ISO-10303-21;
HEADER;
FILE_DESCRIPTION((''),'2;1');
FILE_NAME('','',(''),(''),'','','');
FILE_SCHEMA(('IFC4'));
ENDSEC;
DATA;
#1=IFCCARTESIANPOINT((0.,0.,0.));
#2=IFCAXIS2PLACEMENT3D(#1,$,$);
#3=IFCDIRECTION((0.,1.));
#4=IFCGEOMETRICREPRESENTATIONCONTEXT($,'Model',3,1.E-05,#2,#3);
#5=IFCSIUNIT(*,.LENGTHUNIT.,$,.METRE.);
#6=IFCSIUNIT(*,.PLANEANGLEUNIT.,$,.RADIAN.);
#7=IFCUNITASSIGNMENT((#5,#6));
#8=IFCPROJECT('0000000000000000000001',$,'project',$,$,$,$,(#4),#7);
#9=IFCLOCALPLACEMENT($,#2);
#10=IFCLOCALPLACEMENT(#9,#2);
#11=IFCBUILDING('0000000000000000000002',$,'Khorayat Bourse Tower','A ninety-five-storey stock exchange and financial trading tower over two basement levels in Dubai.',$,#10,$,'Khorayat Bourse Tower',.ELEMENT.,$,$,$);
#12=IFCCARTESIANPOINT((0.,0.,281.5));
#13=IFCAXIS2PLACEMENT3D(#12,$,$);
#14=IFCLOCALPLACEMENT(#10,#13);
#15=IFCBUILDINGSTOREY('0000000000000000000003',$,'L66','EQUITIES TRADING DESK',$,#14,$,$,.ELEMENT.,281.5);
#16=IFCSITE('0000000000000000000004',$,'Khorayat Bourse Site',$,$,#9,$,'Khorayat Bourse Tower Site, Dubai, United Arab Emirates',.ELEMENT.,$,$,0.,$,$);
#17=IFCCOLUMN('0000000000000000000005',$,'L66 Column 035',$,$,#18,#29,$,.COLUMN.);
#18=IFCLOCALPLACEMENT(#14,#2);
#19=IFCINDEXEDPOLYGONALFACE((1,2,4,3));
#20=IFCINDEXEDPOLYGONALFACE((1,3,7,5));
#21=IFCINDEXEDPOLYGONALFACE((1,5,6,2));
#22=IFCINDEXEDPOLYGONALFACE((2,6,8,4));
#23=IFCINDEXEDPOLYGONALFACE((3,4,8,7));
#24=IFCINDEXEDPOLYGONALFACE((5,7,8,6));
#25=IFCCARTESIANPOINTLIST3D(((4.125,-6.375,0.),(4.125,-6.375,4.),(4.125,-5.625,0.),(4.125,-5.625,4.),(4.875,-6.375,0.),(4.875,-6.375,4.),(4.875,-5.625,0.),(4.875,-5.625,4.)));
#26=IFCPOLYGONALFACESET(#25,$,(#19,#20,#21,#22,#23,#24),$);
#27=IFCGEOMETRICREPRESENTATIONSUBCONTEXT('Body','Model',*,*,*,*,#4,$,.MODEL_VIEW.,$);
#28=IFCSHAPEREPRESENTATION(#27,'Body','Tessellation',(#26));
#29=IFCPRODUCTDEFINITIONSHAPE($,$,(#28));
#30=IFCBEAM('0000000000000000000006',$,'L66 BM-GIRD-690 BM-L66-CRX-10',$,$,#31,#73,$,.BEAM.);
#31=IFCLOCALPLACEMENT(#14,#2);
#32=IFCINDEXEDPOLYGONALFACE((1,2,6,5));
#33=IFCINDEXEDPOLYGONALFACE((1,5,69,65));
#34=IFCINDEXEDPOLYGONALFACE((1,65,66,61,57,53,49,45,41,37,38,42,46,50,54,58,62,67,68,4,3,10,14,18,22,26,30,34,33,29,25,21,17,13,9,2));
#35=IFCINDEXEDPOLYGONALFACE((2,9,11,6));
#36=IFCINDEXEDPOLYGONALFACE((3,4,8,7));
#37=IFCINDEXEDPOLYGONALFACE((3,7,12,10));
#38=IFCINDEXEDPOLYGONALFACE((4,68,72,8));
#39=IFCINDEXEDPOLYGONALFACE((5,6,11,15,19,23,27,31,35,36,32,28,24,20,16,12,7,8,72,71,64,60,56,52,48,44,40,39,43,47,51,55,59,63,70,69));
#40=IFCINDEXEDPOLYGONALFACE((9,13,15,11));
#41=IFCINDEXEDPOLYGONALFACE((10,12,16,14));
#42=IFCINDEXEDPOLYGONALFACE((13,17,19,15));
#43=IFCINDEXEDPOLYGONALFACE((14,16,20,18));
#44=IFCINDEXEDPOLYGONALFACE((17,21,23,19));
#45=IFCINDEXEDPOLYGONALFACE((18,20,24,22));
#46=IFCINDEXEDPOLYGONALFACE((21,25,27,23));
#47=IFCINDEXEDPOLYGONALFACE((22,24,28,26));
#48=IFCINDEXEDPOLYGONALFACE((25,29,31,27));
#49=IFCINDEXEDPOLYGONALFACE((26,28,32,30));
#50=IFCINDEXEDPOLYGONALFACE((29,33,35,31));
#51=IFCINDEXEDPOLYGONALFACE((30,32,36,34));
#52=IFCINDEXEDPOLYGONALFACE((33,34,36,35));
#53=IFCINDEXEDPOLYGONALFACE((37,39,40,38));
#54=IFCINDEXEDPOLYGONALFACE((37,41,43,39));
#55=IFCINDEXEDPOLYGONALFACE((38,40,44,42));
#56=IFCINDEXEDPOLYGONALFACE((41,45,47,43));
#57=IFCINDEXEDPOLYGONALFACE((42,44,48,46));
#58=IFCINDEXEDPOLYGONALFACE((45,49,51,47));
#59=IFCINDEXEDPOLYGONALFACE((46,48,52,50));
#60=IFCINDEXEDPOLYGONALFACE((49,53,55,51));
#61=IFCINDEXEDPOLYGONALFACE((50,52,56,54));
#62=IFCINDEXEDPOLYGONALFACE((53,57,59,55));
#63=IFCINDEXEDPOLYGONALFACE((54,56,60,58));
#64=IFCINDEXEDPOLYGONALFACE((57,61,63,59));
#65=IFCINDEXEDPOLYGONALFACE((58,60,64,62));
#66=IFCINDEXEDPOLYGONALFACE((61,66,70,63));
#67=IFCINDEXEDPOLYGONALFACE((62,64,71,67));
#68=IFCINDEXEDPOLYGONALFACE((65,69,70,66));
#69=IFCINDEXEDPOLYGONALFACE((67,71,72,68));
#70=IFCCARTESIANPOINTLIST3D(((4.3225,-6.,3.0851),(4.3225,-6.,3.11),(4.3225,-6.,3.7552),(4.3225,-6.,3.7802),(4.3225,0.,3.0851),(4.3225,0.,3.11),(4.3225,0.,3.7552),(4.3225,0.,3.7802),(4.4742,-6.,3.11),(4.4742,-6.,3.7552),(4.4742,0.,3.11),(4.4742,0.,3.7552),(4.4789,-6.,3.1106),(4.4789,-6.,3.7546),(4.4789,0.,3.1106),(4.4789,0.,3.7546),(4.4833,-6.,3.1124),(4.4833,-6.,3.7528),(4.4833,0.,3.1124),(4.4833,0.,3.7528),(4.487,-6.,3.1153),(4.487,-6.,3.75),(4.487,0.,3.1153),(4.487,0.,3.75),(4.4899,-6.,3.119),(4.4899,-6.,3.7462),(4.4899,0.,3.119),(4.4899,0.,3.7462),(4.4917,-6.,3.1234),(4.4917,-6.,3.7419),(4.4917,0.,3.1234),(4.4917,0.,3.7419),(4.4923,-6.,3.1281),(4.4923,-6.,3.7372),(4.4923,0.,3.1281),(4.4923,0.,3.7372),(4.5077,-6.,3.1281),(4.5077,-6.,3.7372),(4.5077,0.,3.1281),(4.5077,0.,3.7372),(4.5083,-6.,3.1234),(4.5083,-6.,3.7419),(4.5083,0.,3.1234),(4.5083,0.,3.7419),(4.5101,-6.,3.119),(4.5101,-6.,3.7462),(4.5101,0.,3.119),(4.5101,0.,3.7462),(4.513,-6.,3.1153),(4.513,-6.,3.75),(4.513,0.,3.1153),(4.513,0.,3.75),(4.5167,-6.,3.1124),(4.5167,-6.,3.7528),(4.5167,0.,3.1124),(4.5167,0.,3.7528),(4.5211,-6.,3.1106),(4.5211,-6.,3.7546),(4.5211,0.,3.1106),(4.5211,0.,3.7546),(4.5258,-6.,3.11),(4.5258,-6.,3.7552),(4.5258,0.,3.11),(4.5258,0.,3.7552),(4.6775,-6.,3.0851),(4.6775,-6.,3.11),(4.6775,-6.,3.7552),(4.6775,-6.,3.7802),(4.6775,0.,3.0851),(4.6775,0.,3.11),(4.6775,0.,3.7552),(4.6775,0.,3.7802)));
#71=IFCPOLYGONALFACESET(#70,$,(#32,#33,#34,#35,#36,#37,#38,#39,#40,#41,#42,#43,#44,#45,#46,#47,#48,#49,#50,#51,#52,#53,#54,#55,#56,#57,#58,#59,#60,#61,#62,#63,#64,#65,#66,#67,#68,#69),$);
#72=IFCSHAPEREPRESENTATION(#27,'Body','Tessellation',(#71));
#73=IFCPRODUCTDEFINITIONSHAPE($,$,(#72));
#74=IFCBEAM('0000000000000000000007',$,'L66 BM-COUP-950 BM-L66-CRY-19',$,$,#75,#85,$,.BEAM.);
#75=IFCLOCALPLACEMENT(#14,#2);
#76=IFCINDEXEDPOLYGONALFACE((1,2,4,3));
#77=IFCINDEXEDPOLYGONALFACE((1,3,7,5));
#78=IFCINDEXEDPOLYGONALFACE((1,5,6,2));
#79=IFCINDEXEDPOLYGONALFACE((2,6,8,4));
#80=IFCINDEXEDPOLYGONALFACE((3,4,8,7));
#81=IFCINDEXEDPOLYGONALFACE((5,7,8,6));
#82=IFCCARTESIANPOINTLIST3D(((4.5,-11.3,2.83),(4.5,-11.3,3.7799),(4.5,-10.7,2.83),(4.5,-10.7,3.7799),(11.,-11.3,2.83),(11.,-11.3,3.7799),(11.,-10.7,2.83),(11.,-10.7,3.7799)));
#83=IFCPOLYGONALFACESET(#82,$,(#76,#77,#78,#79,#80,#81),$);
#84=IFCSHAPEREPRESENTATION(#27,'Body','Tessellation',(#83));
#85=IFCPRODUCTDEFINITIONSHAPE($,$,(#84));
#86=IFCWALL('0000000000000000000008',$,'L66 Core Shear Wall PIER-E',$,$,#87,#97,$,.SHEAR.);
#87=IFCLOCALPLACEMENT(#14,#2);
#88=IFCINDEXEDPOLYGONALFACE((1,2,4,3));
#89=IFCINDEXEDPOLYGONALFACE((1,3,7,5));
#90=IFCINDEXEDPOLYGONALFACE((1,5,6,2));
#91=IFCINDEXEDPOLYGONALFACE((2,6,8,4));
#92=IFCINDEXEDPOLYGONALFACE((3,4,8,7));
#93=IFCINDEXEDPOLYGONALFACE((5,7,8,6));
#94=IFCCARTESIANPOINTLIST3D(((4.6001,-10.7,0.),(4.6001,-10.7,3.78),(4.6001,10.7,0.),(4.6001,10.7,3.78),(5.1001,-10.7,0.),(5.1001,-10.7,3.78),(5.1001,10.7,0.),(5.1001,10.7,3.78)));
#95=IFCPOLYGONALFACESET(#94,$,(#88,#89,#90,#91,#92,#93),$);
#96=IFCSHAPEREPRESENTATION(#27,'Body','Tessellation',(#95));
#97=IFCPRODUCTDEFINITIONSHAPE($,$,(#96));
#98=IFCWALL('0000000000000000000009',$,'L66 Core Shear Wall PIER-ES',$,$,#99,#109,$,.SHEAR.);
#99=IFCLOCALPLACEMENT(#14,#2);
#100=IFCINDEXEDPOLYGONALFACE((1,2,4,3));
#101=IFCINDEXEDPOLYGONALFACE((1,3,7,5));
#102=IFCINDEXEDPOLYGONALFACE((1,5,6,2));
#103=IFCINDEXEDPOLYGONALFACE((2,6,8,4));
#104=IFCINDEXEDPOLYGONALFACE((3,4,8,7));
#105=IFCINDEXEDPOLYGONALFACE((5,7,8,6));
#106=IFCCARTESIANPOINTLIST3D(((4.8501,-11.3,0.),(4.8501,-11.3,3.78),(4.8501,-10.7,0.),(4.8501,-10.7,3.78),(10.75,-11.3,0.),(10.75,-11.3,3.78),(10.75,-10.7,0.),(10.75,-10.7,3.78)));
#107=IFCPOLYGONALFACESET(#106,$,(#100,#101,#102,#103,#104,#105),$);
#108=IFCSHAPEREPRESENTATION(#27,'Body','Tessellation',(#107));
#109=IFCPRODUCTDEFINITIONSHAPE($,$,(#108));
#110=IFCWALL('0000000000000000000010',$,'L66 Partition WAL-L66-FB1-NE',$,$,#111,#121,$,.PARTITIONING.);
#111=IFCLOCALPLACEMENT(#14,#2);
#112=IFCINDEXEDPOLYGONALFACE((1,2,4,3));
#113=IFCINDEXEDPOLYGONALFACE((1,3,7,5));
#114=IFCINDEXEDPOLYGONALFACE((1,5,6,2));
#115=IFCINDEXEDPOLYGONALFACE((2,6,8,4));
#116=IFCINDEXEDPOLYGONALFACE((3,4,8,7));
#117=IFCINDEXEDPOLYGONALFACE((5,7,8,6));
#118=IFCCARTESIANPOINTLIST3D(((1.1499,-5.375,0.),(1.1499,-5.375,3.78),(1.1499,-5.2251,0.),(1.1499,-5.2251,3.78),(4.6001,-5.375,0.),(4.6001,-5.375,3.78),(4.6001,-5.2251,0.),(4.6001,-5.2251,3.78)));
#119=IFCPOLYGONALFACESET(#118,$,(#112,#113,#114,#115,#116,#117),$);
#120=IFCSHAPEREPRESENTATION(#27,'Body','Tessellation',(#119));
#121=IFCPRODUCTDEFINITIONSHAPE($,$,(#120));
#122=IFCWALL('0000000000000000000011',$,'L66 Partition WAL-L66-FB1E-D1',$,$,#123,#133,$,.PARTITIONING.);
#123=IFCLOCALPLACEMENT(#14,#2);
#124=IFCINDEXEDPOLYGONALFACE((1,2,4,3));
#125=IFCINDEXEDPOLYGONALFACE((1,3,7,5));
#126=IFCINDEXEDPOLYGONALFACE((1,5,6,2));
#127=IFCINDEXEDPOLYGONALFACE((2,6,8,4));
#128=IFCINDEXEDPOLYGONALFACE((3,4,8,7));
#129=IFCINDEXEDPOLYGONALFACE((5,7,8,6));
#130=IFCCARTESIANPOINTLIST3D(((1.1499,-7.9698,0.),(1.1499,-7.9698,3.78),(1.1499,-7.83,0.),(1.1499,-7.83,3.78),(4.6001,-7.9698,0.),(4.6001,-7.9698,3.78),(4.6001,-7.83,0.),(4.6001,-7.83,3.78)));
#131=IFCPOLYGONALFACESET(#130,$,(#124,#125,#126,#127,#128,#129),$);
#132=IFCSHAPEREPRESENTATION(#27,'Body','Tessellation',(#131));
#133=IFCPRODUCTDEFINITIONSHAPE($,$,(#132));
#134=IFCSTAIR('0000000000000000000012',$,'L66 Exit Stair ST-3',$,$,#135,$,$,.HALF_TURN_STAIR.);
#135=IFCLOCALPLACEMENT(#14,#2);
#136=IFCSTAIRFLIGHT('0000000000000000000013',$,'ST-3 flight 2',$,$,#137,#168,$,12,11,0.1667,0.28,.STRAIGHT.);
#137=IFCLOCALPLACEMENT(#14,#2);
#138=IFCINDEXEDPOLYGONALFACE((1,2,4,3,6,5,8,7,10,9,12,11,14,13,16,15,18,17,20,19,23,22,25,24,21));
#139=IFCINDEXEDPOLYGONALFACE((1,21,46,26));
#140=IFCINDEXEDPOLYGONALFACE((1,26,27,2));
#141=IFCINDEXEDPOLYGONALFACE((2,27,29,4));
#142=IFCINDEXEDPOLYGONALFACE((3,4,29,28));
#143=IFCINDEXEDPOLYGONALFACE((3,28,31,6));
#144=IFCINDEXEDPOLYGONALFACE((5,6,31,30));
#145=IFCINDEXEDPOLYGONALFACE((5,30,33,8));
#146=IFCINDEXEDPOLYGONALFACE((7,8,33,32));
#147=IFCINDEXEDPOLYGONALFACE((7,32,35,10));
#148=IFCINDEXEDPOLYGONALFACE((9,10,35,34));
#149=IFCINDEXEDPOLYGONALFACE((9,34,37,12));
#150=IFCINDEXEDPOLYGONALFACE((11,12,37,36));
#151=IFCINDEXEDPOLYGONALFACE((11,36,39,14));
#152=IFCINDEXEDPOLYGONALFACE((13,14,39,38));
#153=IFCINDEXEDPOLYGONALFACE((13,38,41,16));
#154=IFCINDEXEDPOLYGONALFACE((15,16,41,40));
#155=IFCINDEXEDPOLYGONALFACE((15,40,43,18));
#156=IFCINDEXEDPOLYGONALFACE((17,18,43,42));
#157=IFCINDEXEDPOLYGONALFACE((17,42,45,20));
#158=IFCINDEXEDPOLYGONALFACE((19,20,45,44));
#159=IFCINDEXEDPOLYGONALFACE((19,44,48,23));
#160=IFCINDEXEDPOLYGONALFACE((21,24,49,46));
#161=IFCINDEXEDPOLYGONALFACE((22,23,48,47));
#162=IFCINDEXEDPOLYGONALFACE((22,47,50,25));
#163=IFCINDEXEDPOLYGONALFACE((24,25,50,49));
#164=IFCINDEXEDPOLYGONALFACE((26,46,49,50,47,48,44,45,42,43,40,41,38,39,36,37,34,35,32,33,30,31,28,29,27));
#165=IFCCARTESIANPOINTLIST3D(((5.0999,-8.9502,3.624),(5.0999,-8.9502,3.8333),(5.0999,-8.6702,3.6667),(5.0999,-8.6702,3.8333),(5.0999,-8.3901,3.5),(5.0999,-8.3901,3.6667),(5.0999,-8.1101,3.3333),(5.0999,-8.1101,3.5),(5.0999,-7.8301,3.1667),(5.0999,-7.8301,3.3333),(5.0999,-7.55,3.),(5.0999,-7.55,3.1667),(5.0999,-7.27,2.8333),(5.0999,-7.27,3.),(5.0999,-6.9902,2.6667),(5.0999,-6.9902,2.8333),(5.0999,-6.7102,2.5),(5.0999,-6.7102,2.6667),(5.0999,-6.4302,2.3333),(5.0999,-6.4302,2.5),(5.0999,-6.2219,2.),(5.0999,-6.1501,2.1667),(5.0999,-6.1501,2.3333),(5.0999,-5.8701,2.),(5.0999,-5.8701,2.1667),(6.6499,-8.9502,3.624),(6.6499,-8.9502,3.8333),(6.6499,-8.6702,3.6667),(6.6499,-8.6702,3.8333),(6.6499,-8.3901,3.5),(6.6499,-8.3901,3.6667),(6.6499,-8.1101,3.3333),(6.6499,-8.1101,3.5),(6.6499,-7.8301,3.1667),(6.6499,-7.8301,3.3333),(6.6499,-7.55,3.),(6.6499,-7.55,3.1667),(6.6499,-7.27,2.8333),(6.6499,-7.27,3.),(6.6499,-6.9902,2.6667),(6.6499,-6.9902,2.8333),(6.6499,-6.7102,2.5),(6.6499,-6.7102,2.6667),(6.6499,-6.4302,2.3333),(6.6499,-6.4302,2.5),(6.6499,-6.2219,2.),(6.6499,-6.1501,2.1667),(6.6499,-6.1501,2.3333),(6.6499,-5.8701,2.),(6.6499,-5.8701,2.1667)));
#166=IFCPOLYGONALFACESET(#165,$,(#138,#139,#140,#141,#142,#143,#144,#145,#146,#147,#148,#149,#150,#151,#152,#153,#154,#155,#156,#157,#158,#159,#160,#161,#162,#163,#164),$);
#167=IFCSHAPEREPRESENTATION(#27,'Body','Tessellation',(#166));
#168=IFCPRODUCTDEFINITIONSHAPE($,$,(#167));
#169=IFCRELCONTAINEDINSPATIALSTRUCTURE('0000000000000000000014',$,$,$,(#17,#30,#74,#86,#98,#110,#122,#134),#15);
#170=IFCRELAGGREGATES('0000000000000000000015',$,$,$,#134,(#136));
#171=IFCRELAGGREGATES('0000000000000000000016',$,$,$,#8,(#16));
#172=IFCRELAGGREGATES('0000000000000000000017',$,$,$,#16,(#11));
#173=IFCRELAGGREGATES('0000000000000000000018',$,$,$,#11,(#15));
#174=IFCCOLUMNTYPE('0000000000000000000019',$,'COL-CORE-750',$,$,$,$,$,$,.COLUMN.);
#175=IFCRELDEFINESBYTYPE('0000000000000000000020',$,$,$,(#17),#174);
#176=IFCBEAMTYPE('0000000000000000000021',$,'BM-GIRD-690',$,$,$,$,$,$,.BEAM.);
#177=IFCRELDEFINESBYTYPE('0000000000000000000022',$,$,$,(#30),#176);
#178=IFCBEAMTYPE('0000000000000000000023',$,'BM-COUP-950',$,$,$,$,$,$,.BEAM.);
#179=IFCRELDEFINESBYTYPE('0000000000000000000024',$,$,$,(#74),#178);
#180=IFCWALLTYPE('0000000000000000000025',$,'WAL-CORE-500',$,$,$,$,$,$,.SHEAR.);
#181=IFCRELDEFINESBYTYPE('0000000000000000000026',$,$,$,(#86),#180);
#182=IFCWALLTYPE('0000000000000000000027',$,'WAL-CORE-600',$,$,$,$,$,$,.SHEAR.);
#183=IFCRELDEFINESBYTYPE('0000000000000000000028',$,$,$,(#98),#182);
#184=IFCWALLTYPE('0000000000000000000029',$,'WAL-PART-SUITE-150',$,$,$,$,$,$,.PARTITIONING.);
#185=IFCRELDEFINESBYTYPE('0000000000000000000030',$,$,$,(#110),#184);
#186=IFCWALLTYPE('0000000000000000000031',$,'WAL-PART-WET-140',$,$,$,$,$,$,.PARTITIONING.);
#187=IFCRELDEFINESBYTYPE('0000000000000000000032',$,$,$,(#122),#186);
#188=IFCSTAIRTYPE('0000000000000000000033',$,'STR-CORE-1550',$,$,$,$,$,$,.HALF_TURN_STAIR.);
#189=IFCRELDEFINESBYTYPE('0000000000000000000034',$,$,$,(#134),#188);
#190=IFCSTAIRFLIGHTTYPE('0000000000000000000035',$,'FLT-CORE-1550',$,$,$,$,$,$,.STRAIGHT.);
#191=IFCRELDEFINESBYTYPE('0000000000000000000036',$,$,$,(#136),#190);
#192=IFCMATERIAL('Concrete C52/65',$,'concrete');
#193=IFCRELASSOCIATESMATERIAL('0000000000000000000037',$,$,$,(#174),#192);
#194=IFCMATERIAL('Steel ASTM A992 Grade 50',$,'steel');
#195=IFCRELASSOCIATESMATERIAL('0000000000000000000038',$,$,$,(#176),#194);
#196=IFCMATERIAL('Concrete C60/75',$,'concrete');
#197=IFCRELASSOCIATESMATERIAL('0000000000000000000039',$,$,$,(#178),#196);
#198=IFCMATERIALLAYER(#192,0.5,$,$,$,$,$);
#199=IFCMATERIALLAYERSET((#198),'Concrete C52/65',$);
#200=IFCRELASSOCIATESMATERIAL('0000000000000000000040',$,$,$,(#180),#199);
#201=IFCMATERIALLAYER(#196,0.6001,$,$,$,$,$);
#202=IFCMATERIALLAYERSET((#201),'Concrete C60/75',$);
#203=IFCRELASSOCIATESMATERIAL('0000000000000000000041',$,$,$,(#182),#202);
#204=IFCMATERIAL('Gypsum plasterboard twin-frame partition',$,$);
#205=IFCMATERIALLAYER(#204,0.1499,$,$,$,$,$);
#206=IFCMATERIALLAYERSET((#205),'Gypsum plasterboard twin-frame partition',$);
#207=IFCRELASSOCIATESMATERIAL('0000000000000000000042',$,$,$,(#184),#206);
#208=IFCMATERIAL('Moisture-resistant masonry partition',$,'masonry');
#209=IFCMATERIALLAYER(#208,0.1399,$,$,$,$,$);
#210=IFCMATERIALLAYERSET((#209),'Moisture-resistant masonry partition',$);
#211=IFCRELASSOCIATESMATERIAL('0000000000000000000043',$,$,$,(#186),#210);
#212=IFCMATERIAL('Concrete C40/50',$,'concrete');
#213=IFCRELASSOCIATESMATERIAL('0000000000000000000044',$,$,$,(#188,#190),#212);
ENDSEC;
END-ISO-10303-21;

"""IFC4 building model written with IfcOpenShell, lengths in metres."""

from ifc_helpers import new_model, si_unit, direction, frame, frame_2d, origin, origin_2d, place, context, subcontext, project, spatial, polyline, rectangle, i_section, outline, extrude, source, transform, mapped, material, layer, layer_set, material_profile, profile_set, type_object, element, aggregate, save


model = new_model("IFC4")

# Units and contexts
model_context = context("Model", 3, precision=1e-05, world=origin(), true_north=direction((0.0, 1.0)))
body_context = subcontext(model_context, "Body", "Model", "MODEL_VIEW")
ifc_project = project(units=[si_unit("LENGTHUNIT", "METRE"), si_unit("PLANEANGLEUNIT", "RADIAN")], contexts=[model_context])

# Site, building, storey
site_placement = place(None, origin())
site = spatial("IfcSite", under=ifc_project, at=site_placement, Name="Khorayat Bourse Site", LongName="Khorayat Bourse Tower Site, Dubai, United Arab Emirates", CompositionType="ELEMENT", RefElevation=0.0)
building_placement = place(site_placement, origin())
building = spatial("IfcBuilding", under=site, at=building_placement, Name="Khorayat Bourse Tower", Description="A ninety-five-storey stock exchange and financial trading tower over two basement levels in Dubai.", LongName="Khorayat Bourse Tower", CompositionType="ELEMENT")
storey_placement = place(building_placement, frame((0.0, 0.0, 281.5)))
storey = spatial("IfcBuildingStorey", under=building, at=storey_placement, Name="L66", Description="EQUITIES TRADING DESK", CompositionType="ELEMENT", Elevation=281.5)

# Column
ifc_material_1 = material(Name="Concrete C52/65", Category="concrete")
ifc_material_profile_1 = material_profile(ifc_material_1, rectangle(XDim=0.75, YDim=0.75, at=origin_2d()), Name="RC 750x750")
ifc_profile_set_1 = profile_set([ifc_material_profile_1], Name="Concrete C52/65")
column_type = type_object("IfcColumnType", Name="COL-CORE-750", PredefinedType="COLUMN", material=ifc_profile_set_1)
shared_shape_1 = source(origin(), body_context, "Body", "SweptSolid", [
    extrude(rectangle(XDim=0.75, YDim=0.75, at=origin_2d()), origin(), (0.0, 0.0, 1.0), 4.0),
])
column_placement = place(storey_placement, frame((4.5, -6.0, 0.0), z_axis=(0.0, 0.0, 1.0), x_axis=(1.0, 0.0, 0.0)))
element("IfcColumn", 1, at=column_placement, inside=storey, type_object=column_type, Name="L66 Column 035", PredefinedType="COLUMN", context=body_context, shape_type="MappedRepresentation", body=[
    mapped(shared_shape_1, transform((0.0, 0.0, 0.0), scale=1.0)),
])

# Beams
ifc_material_2 = material(Name="Steel ASTM A992 Grade 50", Category="steel")
ifc_material_profile_2 = material_profile(ifc_material_2, i_section(OverallWidth=0.355, OverallDepth=0.6951, WebThickness=0.0154, FlangeThickness=0.0249, FilletRadius=0.0181, at=origin_2d()), Name="W690X217")
ifc_profile_set_2 = profile_set([ifc_material_profile_2], Name="Steel ASTM A992 Grade 50")
beam_type_1 = type_object("IfcBeamType", Name="BM-GIRD-690", PredefinedType="BEAM", material=ifc_profile_set_2)
shared_shape_2 = source(origin(), body_context, "Body", "SweptSolid", [
    extrude(i_section(OverallWidth=0.355, OverallDepth=0.6951, WebThickness=0.0154, FlangeThickness=0.0249, FilletRadius=0.0181, at=origin_2d()), origin(), (0.0, 0.0, 1.0), 6.0),
])
beam_1_placement = place(storey_placement, frame((4.5, -6.0, 3.4326), z_axis=(0.0, 1.0, 0.0), x_axis=(-1.0, 0.0, 0.0)))
element("IfcBeam", 2, at=beam_1_placement, inside=storey, type_object=beam_type_1, Name="L66 BM-GIRD-690 BM-L66-CRX-10", PredefinedType="BEAM", context=body_context, shape_type="MappedRepresentation", body=[
    mapped(shared_shape_2, transform((0.0, 0.0, 0.0), scale=1.0)),
])
ifc_material_3 = material(Name="Concrete C60/75", Category="concrete")
ifc_material_profile_3 = material_profile(ifc_material_3, rectangle(XDim=0.6001, YDim=0.95, at=origin_2d()), Name="RC 600x950")
ifc_profile_set_3 = profile_set([ifc_material_profile_3], Name="Concrete C60/75")
beam_type_2 = type_object("IfcBeamType", Name="BM-COUP-950", PredefinedType="BEAM", material=ifc_profile_set_3)
shared_shape_3 = source(origin(), body_context, "Body", "SweptSolid", [
    extrude(rectangle(XDim=0.6001, YDim=0.95, at=origin_2d()), origin(), (0.0, 0.0, 1.0), 6.5),
])
beam_2_placement = place(storey_placement, frame((4.5, -11.0, 3.3049), z_axis=(1.0, 0.0, 0.0), x_axis=(0.0, 1.0, 0.0)))
element("IfcBeam", 3, at=beam_2_placement, inside=storey, type_object=beam_type_2, Name="L66 BM-COUP-950 BM-L66-CRY-19", PredefinedType="BEAM", context=body_context, shape_type="MappedRepresentation", body=[
    mapped(shared_shape_3, transform((0.0, 0.0, 0.0), scale=1.0)),
])

# Walls
ifc_layer_1 = layer(ifc_material_1, 0.5)
ifc_layer_set_1 = layer_set([ifc_layer_1], Name="Concrete C52/65")
wall_type_1 = type_object("IfcWallType", Name="WAL-CORE-500", PredefinedType="SHEAR", material=ifc_layer_set_1)
shared_shape_4 = source(origin(), body_context, "Body", "SweptSolid", [
    extrude(rectangle(XDim=21.3999, YDim=0.5, at=frame_2d((10.7, 0.0))), origin(), (0.0, 0.0, 1.0), 3.78),
])
wall_1_placement = place(storey_placement, frame((4.8501, -10.7, 0.0), z_axis=(0.0, 0.0, 1.0), x_axis=(0.0, 1.0, 0.0)))
element("IfcWall", 4, at=wall_1_placement, inside=storey, type_object=wall_type_1, Name="L66 Core Shear Wall PIER-E", PredefinedType="SHEAR", context=body_context, shape_type="MappedRepresentation", body=[
    mapped(shared_shape_4, transform((0.0, 0.0, 0.0), scale=1.0)),
])
ifc_layer_2 = layer(ifc_material_3, 0.6001)
ifc_layer_set_2 = layer_set([ifc_layer_2], Name="Concrete C60/75")
wall_type_2 = type_object("IfcWallType", Name="WAL-CORE-600", PredefinedType="SHEAR", material=ifc_layer_set_2)
shared_shape_5 = source(origin(), body_context, "Body", "SweptSolid", [
    extrude(rectangle(XDim=5.8999, YDim=0.6001, at=frame_2d((2.95, 0.0))), origin(), (0.0, 0.0, 1.0), 3.78),
])
wall_2_placement = place(storey_placement, frame((4.8501, -11.0, 0.0), z_axis=(0.0, 0.0, 1.0), x_axis=(1.0, 0.0, 0.0)))
element("IfcWall", 5, at=wall_2_placement, inside=storey, type_object=wall_type_2, Name="L66 Core Shear Wall PIER-ES", PredefinedType="SHEAR", context=body_context, shape_type="MappedRepresentation", body=[
    mapped(shared_shape_5, transform((0.0, 0.0, 0.0), scale=1.0)),
])
ifc_material_4 = material(Name="Gypsum plasterboard twin-frame partition")
ifc_layer_3 = layer(ifc_material_4, 0.1499)
ifc_layer_set_3 = layer_set([ifc_layer_3], Name="Gypsum plasterboard twin-frame partition")
wall_type_3 = type_object("IfcWallType", Name="WAL-PART-SUITE-150", PredefinedType="PARTITIONING", material=ifc_layer_set_3)
shared_shape_6 = source(origin(), body_context, "Body", "SweptSolid", [
    extrude(rectangle(XDim=3.4502, YDim=0.1499, at=frame_2d((1.7251, 0.0))), origin(), (0.0, 0.0, 1.0), 3.78),
])
wall_3_placement = place(storey_placement, frame((1.1499, -5.3, 0.0), z_axis=(0.0, 0.0, 1.0), x_axis=(1.0, 0.0, 0.0)))
element("IfcWall", 6, at=wall_3_placement, inside=storey, type_object=wall_type_3, Name="L66 Partition WAL-L66-FB1-NE", PredefinedType="PARTITIONING", context=body_context, shape_type="MappedRepresentation", body=[
    mapped(shared_shape_6, transform((0.0, 0.0, 0.0), scale=1.0)),
])

# Wall
ifc_material_5 = material(Name="Moisture-resistant masonry partition", Category="masonry")
ifc_layer_4 = layer(ifc_material_5, 0.1399)
ifc_layer_set_4 = layer_set([ifc_layer_4], Name="Moisture-resistant masonry partition")
wall_type_4 = type_object("IfcWallType", Name="WAL-PART-WET-140", PredefinedType="PARTITIONING", material=ifc_layer_set_4)
shared_shape_7 = source(origin(), body_context, "Body", "SweptSolid", [
    extrude(rectangle(XDim=3.4502, YDim=0.1399, at=frame_2d((1.7251, 0.0))), origin(), (0.0, 0.0, 1.0), 3.78),
])
wall_4_placement = place(storey_placement, frame((1.1499, -7.8999, 0.0), z_axis=(0.0, 0.0, 1.0), x_axis=(1.0, 0.0, 0.0)))
element("IfcWall", 7, at=wall_4_placement, inside=storey, type_object=wall_type_4, Name="L66 Partition WAL-L66-FB1E-D1", PredefinedType="PARTITIONING", context=body_context, shape_type="MappedRepresentation", body=[
    mapped(shared_shape_7, transform((0.0, 0.0, 0.0), scale=1.0)),
])

# Stair, stair flight
ifc_material_6 = material(Name="Concrete C40/50", Category="concrete")
stair_type = type_object("IfcStairType", Name="STR-CORE-1550", PredefinedType="HALF_TURN_STAIR", material=ifc_material_6)
stair_placement = place(storey_placement, origin())
stair = element("IfcStair", 8, at=stair_placement, inside=storey, type_object=stair_type, Name="L66 Exit Stair ST-3", PredefinedType="HALF_TURN_STAIR")
stair_flight_type = type_object("IfcStairFlightType", Name="FLT-CORE-1550", PredefinedType="STRAIGHT", material=ifc_material_6)
shared_shape_8 = source(origin(), body_context, "Body", "SweptSolid", [
    extrude(outline(polyline([(0.0, 0.0), (0.0, 0.1667), (0.28, 0.1667), (0.28, 0.3333), (0.5601, 0.3333), (0.5601, 0.5), (0.8401, 0.5), (0.8401, 0.6667), (1.1201, 0.6667), (1.1201, 0.8333), (1.3999, 0.8333), (1.3999, 1.0), (1.6799, 1.0), (1.6799, 1.1667), (1.96, 1.1667), (1.96, 1.3333), (2.24, 1.3333), (2.24, 1.5), (2.52, 1.5), (2.52, 1.6667), (2.8, 1.6667), (2.8, 1.8333), (3.0801, 1.8333), (3.0801, 2.0), (3.0801, 1.624), (0.3518, 0.0), (0.0, 0.0)])), frame((0.0, 0.7749, 0.0), z_axis=(0.0, -1.0, 0.0), x_axis=(1.0, 0.0, 0.0)), (0.0, 0.0, 1.0), 1.55),
])
stair_flight_placement = place(storey_placement, frame((5.875, -5.8701, 2.0), z_axis=(0.0, 0.0, 1.0), x_axis=(0.0, -1.0, 0.0)))
stair_flight = element("IfcStairFlight", 9, at=stair_flight_placement, type_object=stair_flight_type, Name="ST-3 flight 2", NumberOfRisers=12, NumberOfTreads=11, PredefinedType="STRAIGHT", RiserHeight=0.1667, TreadLength=0.28, context=body_context, shape_type="MappedRepresentation", body=[
    mapped(shared_shape_8, transform((0.0, 0.0, 0.0), scale=1.0)),
])
aggregate(stair, [stair_flight])

save(model, "model.ifc")
